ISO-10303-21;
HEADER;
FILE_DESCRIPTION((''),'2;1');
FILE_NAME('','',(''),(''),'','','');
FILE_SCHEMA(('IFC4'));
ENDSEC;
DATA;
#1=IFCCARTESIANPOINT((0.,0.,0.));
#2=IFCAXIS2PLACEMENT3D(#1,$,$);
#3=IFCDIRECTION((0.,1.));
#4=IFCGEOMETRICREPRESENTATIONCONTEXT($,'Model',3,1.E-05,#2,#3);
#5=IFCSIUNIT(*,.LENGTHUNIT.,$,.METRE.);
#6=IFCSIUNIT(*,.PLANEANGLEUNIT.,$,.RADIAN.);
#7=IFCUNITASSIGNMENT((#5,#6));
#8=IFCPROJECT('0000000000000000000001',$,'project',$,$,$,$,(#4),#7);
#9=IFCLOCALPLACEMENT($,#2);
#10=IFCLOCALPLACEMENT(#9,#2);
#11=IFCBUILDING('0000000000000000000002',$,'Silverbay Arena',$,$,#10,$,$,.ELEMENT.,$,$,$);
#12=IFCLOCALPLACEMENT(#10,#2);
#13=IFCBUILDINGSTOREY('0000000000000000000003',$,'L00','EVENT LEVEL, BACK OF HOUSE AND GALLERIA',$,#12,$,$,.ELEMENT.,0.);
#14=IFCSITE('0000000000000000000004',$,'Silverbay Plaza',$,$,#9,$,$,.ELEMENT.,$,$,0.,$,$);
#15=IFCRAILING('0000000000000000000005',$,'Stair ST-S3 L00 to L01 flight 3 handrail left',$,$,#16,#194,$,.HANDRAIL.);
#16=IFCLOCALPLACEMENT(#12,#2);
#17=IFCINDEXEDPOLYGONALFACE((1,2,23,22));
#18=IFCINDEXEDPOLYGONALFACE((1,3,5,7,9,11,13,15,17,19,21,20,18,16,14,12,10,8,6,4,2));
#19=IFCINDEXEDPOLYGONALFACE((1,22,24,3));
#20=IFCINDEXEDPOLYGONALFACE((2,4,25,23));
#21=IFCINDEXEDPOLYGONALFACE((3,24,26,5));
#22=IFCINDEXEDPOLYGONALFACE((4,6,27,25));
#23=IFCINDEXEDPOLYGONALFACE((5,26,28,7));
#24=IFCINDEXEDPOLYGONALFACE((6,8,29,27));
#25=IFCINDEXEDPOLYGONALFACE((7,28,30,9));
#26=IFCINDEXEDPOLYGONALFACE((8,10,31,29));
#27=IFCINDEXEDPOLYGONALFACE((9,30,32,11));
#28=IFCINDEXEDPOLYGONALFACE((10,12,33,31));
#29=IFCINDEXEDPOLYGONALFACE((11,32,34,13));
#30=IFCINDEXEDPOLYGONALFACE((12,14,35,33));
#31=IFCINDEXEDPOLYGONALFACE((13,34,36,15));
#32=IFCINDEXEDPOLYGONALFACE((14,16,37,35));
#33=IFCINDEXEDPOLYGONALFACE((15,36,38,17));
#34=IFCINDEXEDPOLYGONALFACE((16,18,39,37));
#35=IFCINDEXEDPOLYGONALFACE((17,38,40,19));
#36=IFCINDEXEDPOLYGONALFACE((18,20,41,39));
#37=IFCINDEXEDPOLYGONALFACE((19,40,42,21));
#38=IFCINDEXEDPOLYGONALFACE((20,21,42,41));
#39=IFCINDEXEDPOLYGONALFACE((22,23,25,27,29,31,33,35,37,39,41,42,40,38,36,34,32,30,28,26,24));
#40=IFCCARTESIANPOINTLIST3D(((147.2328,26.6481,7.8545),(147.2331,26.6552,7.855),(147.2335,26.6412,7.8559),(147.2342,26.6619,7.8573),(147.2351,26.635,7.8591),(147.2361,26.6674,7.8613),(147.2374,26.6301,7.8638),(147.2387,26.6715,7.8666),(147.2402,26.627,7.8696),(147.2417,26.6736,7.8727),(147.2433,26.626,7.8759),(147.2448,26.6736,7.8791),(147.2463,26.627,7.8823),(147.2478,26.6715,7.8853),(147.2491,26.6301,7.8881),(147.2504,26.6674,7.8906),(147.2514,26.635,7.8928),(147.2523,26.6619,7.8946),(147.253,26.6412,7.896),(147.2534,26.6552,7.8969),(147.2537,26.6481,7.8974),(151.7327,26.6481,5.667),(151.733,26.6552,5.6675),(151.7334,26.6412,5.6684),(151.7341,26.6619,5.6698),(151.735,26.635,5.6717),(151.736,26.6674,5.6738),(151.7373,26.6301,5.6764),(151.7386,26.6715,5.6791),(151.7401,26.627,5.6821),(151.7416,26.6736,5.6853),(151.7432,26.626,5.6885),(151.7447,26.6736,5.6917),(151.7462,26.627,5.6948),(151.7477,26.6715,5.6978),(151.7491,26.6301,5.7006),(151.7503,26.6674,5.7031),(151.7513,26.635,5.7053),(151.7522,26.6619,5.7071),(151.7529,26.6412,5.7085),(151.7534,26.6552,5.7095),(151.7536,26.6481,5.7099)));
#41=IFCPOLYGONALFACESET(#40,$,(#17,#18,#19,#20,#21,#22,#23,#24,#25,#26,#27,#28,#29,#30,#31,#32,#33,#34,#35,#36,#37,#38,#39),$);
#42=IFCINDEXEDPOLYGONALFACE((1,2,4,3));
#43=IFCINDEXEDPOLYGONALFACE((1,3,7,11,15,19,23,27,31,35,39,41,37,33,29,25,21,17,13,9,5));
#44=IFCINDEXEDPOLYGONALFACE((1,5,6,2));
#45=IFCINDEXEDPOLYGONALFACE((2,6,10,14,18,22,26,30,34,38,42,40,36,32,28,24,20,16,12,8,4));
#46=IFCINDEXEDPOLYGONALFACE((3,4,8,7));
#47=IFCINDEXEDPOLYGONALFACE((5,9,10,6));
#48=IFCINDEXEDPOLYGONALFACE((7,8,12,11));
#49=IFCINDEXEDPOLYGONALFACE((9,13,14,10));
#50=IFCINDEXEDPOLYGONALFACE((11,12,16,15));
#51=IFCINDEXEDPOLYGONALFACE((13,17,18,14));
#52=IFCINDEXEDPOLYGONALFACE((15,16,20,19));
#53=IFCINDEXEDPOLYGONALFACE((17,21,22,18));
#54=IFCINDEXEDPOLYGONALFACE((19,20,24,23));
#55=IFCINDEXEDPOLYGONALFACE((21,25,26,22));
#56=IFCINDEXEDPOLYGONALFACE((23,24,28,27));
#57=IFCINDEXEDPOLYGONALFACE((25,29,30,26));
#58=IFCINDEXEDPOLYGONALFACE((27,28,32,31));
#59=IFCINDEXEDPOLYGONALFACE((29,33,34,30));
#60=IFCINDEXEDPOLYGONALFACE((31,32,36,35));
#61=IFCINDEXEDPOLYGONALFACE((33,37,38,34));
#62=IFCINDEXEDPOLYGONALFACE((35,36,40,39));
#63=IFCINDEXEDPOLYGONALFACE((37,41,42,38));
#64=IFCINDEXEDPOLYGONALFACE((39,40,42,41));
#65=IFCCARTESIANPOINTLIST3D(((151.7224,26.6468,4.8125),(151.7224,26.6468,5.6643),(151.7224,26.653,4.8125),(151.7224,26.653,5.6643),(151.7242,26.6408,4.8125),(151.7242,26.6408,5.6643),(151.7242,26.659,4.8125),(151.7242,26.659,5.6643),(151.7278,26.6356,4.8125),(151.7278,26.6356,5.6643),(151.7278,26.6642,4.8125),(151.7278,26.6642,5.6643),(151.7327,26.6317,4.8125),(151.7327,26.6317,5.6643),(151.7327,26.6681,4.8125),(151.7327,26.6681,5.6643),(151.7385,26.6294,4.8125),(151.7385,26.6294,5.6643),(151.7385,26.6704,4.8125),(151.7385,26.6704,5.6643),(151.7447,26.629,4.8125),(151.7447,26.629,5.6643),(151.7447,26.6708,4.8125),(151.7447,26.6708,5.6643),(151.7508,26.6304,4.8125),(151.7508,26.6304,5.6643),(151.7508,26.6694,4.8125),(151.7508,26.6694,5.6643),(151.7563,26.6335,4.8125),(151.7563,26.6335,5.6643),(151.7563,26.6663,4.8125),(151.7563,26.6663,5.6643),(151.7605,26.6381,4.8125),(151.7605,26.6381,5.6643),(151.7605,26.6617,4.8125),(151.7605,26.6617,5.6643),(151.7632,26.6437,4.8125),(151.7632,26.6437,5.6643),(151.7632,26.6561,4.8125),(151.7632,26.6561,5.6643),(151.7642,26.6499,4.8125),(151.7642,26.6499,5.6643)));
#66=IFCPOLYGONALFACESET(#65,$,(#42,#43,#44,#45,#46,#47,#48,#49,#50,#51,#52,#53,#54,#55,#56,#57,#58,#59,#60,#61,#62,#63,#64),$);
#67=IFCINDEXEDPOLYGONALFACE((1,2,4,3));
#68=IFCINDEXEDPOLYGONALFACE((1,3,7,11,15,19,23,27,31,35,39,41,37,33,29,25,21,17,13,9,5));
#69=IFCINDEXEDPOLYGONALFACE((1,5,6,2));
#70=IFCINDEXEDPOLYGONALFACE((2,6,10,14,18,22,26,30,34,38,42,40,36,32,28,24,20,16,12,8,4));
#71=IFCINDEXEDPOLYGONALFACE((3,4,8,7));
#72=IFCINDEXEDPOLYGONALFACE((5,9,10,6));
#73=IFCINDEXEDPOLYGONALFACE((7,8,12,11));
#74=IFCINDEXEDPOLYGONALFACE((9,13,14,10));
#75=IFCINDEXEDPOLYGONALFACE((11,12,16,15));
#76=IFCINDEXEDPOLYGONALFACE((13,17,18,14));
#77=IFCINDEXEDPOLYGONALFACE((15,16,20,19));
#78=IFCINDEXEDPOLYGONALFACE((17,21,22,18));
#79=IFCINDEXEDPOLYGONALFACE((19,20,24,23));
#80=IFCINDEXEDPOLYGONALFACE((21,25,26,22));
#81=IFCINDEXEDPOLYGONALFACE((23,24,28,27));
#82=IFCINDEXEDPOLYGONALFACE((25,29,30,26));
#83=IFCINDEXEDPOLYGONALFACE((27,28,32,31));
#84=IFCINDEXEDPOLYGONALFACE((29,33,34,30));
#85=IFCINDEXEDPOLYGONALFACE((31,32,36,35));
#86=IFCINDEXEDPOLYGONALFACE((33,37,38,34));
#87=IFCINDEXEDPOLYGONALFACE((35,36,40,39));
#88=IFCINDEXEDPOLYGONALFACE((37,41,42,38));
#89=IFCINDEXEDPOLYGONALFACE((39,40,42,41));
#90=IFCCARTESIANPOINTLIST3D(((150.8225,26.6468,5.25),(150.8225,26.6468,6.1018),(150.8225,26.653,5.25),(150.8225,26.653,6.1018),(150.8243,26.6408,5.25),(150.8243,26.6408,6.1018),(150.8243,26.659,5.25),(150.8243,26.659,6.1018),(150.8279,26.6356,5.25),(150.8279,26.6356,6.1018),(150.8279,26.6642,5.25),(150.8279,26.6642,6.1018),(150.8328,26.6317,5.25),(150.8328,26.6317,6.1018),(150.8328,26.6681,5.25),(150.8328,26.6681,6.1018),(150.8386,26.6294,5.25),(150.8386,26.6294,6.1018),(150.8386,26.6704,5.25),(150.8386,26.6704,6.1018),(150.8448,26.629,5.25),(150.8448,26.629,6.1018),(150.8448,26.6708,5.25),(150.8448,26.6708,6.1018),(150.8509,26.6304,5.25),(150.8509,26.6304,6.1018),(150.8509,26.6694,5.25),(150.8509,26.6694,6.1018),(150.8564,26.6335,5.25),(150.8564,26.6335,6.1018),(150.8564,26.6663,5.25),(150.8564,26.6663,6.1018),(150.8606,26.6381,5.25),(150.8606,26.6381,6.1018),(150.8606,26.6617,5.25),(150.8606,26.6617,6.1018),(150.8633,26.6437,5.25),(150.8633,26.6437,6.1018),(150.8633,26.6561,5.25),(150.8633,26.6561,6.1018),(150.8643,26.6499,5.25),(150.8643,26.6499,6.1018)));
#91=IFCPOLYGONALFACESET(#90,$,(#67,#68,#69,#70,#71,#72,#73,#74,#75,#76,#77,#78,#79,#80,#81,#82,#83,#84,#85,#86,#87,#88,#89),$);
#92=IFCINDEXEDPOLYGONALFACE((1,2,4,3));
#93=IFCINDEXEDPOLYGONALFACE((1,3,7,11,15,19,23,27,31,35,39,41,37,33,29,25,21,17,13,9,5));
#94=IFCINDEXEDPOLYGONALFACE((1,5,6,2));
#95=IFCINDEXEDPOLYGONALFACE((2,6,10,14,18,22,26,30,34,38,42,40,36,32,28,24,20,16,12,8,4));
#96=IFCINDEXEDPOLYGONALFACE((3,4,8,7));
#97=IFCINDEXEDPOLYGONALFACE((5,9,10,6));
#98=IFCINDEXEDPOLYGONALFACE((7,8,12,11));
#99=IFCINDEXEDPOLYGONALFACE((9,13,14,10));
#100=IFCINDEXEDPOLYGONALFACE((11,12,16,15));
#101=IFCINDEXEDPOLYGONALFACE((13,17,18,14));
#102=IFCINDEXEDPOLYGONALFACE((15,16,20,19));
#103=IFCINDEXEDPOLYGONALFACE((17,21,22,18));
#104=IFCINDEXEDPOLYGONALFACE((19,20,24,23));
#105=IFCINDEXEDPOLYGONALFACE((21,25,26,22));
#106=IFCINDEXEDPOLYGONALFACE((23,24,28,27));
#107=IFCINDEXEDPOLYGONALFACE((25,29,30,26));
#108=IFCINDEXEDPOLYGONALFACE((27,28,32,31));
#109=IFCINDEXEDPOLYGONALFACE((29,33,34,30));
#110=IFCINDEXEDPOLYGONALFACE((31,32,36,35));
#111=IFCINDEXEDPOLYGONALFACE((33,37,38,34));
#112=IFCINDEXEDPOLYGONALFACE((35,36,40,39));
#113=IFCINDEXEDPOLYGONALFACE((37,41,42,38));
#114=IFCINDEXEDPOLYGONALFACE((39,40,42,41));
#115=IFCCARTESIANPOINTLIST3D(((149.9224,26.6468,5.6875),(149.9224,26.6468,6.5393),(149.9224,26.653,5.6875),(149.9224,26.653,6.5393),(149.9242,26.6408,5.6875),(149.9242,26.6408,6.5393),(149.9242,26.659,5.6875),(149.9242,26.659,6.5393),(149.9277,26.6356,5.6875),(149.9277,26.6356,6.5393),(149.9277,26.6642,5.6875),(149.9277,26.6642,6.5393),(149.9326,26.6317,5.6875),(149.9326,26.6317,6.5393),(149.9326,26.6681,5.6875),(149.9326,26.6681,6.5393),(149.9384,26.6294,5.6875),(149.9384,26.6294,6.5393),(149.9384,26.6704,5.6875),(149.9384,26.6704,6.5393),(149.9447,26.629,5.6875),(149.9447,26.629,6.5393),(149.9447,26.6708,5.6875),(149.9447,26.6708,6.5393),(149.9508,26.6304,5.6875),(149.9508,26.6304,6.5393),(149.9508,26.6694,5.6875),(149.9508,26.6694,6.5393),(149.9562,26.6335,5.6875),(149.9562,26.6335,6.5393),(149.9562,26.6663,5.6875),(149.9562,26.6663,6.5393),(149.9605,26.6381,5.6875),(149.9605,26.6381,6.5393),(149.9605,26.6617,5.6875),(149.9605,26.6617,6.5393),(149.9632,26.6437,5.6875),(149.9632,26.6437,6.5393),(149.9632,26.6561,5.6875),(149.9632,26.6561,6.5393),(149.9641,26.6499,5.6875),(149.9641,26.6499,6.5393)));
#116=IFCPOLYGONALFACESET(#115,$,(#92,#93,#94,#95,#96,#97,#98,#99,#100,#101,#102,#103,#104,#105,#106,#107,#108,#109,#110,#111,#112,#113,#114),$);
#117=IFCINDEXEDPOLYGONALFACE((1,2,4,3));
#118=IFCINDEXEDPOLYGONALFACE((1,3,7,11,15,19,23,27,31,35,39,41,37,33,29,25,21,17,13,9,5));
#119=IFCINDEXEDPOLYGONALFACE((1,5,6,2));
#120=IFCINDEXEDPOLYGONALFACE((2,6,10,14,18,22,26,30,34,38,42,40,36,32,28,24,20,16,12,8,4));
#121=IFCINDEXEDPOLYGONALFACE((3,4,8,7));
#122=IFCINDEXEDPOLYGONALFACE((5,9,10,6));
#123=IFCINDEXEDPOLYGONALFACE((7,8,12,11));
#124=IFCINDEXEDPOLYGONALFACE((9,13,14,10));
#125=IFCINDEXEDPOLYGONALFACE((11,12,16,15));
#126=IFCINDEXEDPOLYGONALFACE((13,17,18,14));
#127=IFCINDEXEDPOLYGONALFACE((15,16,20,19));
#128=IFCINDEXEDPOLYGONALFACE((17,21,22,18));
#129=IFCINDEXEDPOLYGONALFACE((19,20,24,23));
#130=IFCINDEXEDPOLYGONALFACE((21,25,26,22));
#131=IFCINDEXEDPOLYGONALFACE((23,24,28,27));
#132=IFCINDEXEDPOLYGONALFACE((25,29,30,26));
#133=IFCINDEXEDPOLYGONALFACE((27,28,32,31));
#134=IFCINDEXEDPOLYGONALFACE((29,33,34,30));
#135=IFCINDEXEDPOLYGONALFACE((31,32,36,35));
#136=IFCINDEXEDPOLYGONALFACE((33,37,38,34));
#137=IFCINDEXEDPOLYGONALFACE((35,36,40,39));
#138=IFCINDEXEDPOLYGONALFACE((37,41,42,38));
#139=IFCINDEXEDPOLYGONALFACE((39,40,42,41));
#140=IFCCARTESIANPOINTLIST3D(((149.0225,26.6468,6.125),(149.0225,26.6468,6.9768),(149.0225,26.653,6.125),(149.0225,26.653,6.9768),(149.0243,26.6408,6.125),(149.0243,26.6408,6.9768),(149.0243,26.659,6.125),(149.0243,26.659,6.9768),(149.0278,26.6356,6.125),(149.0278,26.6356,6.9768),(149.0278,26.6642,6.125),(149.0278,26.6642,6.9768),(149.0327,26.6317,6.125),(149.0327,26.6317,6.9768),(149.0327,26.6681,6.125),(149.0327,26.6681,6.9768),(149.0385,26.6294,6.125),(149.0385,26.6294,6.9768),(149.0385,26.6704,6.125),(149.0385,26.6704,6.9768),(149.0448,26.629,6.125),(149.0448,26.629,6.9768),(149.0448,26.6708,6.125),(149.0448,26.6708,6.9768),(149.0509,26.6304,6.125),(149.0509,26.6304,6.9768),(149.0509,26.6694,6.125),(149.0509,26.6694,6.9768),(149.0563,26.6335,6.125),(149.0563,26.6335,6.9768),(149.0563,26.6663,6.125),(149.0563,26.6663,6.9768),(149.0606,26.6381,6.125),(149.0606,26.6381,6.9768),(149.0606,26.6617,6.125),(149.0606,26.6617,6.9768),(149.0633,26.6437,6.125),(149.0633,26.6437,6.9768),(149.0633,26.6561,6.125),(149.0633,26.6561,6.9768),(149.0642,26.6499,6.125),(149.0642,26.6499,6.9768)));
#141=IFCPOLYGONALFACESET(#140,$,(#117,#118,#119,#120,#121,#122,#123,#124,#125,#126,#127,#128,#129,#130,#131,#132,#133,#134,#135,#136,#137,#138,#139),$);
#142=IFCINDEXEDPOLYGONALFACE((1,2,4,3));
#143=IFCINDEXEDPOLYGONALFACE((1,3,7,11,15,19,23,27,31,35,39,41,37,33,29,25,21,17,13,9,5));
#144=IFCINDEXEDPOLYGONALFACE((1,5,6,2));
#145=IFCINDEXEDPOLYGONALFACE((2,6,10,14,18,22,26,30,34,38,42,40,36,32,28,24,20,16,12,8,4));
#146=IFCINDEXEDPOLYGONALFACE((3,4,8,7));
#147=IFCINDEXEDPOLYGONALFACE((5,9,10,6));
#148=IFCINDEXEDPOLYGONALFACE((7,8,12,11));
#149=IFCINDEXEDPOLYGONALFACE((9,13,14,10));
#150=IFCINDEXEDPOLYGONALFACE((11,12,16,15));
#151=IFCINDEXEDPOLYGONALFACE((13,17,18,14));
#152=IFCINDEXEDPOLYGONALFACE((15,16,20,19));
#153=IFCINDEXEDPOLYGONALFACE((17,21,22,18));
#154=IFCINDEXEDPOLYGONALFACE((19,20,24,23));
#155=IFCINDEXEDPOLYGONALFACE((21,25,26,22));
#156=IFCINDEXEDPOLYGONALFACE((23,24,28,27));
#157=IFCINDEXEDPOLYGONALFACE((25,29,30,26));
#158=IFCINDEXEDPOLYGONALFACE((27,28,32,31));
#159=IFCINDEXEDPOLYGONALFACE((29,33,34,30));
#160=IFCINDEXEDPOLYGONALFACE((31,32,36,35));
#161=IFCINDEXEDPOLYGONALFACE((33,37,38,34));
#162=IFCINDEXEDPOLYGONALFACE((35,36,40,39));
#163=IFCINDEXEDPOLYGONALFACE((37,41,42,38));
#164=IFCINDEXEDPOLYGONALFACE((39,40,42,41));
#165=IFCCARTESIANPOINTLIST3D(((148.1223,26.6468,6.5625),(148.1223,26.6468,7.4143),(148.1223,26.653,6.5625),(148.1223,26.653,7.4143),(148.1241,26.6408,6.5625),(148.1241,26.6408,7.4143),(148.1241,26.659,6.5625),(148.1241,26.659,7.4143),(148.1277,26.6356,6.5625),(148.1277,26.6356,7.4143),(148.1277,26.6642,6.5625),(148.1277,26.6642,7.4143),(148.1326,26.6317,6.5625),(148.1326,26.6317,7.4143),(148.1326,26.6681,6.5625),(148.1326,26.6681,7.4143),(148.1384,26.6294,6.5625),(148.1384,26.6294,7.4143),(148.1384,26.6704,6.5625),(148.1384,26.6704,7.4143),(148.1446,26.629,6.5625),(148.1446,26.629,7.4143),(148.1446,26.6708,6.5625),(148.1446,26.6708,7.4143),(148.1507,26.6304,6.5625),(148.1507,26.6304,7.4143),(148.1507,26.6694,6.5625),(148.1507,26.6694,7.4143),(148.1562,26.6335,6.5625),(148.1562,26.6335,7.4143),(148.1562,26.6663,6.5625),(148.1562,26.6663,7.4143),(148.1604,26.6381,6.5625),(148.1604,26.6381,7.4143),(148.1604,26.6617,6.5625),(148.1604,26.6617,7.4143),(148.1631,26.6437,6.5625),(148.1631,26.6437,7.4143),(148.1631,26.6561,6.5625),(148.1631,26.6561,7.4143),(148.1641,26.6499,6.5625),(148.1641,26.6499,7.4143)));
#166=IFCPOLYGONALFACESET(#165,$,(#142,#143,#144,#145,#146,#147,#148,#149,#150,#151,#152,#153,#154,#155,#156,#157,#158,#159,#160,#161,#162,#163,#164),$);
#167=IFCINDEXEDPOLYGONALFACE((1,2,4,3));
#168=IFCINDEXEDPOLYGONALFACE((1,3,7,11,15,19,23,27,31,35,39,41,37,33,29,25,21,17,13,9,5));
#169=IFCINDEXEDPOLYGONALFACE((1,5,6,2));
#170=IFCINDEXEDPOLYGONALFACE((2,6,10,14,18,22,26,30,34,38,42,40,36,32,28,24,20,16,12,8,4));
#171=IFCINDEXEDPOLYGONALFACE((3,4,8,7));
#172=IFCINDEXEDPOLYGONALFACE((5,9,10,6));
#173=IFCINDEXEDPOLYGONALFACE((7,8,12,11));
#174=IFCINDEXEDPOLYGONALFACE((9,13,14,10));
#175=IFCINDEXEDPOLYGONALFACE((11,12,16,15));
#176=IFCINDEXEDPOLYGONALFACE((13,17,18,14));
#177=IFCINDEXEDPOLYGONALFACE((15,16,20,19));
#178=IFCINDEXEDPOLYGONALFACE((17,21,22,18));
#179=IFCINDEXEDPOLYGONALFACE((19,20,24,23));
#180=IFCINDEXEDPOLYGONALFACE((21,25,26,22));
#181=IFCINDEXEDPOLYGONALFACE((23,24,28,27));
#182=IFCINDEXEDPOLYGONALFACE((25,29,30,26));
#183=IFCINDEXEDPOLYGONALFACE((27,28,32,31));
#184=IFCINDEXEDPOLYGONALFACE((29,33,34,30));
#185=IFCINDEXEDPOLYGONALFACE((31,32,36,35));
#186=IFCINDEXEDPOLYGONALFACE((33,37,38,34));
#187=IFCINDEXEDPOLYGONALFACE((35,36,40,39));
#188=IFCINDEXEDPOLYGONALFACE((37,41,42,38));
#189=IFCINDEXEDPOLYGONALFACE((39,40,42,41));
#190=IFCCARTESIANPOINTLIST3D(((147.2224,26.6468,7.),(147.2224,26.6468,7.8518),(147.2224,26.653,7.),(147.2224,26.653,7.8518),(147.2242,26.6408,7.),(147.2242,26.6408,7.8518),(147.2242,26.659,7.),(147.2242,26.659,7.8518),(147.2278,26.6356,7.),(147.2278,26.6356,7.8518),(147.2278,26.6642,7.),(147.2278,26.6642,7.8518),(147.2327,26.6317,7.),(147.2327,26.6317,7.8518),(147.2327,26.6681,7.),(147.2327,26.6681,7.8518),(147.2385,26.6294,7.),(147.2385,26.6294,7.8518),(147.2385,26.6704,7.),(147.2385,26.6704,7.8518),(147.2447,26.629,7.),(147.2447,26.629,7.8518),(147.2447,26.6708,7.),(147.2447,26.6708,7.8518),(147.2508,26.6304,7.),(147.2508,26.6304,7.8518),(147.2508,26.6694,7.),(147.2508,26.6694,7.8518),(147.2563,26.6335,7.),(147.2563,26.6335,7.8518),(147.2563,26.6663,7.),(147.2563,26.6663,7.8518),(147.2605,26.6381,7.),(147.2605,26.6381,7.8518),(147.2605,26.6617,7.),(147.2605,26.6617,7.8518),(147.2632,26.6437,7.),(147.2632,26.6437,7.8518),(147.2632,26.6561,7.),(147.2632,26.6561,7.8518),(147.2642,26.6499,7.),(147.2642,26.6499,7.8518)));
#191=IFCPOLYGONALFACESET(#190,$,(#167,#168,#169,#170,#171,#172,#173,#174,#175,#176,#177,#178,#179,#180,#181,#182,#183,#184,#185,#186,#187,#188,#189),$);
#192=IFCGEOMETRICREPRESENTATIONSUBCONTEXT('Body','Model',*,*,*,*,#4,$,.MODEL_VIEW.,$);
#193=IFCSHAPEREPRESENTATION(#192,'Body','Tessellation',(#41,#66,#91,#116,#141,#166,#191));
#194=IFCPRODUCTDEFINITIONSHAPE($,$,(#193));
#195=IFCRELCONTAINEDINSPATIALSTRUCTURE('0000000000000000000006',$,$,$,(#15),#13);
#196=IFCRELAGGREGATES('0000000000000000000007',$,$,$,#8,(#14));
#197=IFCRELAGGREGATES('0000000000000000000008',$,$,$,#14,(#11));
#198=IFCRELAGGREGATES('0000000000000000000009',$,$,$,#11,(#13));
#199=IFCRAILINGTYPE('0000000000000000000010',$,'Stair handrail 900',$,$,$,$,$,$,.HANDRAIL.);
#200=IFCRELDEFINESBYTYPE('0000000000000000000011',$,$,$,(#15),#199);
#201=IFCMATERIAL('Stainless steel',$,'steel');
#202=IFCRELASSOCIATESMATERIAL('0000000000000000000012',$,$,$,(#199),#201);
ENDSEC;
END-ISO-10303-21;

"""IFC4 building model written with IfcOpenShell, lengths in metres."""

from ifc_helpers import new_model, si_unit, direction, frame, origin, origin_2d, place, context, subcontext, project, spatial, circle, extrude, material, type_object, element, save


model = new_model("IFC4")

# Units and contexts
model_context = context("Model", 3, precision=1e-05, world=origin(), true_north=direction((0.0, 1.0)))
body_context = subcontext(model_context, "Body", "Model", "MODEL_VIEW")
ifc_project = project(units=[si_unit("LENGTHUNIT", "METRE"), si_unit("PLANEANGLEUNIT", "RADIAN")], contexts=[model_context])

# Site, building, storey
site_placement = place(None, origin())
site = spatial("IfcSite", under=ifc_project, at=site_placement, Name="Silverbay Plaza", CompositionType="ELEMENT", RefElevation=0.0)
building_placement = place(site_placement, origin())
building = spatial("IfcBuilding", under=site, at=building_placement, Name="Silverbay Arena", CompositionType="ELEMENT")
storey_placement = place(building_placement, origin())
storey = spatial("IfcBuildingStorey", under=building, at=storey_placement, Name="L00", Description="EVENT LEVEL, BACK OF HOUSE AND GALLERIA", CompositionType="ELEMENT", Elevation=0.0)

# Railing
ifc_material_1 = material(Name="Stainless steel", Category="steel")
railing_type_1 = type_object("IfcRailingType", Name="Stair handrail 900", PredefinedType="HANDRAIL", material=ifc_material_1)
for number, where, name in (
    (1, (151.7432, 26.6499, 4.8125), "Stair ST-S3 L00 to L01 flight 3 handrail left"),
):
    element("IfcRailing", number, at=place(storey_placement, frame(where)), inside=storey, type_object=railing_type_1, Name=name, PredefinedType="HANDRAIL", context=body_context, shape_type="SweptSolid", body=[
        extrude(circle(Radius=0.0239, at=origin_2d()), frame((0.0, 0.0, 0.876), z_axis=(-0.899368, 0.0, 0.437193), x_axis=(0.0, -1.0, 0.0)), (0.0, 0.0, 1.0), 5.0034),
        extrude(circle(Radius=0.021, at=origin_2d()), origin(), (0.0, 0.0, 1.0), 0.8518),
        extrude(circle(Radius=0.021, at=origin_2d()), frame((-0.8999, 0.0, 0.4375)), (0.0, 0.0, 1.0), 0.8518),
        extrude(circle(Radius=0.021, at=origin_2d()), frame((-1.8, 0.0, 0.875)), (0.0, 0.0, 1.0), 0.8518),
        extrude(circle(Radius=0.021, at=origin_2d()), frame((-2.7, 0.0, 1.3125)), (0.0, 0.0, 1.0), 0.8518),
        extrude(circle(Radius=0.021, at=origin_2d()), frame((-3.6001, 0.0, 1.75)), (0.0, 0.0, 1.0), 0.8518),
        extrude(circle(Radius=0.021, at=origin_2d()), frame((-4.5, 0.0, 2.1875)), (0.0, 0.0, 1.0), 0.8518),
    ])

save(model, "model.ifc")
